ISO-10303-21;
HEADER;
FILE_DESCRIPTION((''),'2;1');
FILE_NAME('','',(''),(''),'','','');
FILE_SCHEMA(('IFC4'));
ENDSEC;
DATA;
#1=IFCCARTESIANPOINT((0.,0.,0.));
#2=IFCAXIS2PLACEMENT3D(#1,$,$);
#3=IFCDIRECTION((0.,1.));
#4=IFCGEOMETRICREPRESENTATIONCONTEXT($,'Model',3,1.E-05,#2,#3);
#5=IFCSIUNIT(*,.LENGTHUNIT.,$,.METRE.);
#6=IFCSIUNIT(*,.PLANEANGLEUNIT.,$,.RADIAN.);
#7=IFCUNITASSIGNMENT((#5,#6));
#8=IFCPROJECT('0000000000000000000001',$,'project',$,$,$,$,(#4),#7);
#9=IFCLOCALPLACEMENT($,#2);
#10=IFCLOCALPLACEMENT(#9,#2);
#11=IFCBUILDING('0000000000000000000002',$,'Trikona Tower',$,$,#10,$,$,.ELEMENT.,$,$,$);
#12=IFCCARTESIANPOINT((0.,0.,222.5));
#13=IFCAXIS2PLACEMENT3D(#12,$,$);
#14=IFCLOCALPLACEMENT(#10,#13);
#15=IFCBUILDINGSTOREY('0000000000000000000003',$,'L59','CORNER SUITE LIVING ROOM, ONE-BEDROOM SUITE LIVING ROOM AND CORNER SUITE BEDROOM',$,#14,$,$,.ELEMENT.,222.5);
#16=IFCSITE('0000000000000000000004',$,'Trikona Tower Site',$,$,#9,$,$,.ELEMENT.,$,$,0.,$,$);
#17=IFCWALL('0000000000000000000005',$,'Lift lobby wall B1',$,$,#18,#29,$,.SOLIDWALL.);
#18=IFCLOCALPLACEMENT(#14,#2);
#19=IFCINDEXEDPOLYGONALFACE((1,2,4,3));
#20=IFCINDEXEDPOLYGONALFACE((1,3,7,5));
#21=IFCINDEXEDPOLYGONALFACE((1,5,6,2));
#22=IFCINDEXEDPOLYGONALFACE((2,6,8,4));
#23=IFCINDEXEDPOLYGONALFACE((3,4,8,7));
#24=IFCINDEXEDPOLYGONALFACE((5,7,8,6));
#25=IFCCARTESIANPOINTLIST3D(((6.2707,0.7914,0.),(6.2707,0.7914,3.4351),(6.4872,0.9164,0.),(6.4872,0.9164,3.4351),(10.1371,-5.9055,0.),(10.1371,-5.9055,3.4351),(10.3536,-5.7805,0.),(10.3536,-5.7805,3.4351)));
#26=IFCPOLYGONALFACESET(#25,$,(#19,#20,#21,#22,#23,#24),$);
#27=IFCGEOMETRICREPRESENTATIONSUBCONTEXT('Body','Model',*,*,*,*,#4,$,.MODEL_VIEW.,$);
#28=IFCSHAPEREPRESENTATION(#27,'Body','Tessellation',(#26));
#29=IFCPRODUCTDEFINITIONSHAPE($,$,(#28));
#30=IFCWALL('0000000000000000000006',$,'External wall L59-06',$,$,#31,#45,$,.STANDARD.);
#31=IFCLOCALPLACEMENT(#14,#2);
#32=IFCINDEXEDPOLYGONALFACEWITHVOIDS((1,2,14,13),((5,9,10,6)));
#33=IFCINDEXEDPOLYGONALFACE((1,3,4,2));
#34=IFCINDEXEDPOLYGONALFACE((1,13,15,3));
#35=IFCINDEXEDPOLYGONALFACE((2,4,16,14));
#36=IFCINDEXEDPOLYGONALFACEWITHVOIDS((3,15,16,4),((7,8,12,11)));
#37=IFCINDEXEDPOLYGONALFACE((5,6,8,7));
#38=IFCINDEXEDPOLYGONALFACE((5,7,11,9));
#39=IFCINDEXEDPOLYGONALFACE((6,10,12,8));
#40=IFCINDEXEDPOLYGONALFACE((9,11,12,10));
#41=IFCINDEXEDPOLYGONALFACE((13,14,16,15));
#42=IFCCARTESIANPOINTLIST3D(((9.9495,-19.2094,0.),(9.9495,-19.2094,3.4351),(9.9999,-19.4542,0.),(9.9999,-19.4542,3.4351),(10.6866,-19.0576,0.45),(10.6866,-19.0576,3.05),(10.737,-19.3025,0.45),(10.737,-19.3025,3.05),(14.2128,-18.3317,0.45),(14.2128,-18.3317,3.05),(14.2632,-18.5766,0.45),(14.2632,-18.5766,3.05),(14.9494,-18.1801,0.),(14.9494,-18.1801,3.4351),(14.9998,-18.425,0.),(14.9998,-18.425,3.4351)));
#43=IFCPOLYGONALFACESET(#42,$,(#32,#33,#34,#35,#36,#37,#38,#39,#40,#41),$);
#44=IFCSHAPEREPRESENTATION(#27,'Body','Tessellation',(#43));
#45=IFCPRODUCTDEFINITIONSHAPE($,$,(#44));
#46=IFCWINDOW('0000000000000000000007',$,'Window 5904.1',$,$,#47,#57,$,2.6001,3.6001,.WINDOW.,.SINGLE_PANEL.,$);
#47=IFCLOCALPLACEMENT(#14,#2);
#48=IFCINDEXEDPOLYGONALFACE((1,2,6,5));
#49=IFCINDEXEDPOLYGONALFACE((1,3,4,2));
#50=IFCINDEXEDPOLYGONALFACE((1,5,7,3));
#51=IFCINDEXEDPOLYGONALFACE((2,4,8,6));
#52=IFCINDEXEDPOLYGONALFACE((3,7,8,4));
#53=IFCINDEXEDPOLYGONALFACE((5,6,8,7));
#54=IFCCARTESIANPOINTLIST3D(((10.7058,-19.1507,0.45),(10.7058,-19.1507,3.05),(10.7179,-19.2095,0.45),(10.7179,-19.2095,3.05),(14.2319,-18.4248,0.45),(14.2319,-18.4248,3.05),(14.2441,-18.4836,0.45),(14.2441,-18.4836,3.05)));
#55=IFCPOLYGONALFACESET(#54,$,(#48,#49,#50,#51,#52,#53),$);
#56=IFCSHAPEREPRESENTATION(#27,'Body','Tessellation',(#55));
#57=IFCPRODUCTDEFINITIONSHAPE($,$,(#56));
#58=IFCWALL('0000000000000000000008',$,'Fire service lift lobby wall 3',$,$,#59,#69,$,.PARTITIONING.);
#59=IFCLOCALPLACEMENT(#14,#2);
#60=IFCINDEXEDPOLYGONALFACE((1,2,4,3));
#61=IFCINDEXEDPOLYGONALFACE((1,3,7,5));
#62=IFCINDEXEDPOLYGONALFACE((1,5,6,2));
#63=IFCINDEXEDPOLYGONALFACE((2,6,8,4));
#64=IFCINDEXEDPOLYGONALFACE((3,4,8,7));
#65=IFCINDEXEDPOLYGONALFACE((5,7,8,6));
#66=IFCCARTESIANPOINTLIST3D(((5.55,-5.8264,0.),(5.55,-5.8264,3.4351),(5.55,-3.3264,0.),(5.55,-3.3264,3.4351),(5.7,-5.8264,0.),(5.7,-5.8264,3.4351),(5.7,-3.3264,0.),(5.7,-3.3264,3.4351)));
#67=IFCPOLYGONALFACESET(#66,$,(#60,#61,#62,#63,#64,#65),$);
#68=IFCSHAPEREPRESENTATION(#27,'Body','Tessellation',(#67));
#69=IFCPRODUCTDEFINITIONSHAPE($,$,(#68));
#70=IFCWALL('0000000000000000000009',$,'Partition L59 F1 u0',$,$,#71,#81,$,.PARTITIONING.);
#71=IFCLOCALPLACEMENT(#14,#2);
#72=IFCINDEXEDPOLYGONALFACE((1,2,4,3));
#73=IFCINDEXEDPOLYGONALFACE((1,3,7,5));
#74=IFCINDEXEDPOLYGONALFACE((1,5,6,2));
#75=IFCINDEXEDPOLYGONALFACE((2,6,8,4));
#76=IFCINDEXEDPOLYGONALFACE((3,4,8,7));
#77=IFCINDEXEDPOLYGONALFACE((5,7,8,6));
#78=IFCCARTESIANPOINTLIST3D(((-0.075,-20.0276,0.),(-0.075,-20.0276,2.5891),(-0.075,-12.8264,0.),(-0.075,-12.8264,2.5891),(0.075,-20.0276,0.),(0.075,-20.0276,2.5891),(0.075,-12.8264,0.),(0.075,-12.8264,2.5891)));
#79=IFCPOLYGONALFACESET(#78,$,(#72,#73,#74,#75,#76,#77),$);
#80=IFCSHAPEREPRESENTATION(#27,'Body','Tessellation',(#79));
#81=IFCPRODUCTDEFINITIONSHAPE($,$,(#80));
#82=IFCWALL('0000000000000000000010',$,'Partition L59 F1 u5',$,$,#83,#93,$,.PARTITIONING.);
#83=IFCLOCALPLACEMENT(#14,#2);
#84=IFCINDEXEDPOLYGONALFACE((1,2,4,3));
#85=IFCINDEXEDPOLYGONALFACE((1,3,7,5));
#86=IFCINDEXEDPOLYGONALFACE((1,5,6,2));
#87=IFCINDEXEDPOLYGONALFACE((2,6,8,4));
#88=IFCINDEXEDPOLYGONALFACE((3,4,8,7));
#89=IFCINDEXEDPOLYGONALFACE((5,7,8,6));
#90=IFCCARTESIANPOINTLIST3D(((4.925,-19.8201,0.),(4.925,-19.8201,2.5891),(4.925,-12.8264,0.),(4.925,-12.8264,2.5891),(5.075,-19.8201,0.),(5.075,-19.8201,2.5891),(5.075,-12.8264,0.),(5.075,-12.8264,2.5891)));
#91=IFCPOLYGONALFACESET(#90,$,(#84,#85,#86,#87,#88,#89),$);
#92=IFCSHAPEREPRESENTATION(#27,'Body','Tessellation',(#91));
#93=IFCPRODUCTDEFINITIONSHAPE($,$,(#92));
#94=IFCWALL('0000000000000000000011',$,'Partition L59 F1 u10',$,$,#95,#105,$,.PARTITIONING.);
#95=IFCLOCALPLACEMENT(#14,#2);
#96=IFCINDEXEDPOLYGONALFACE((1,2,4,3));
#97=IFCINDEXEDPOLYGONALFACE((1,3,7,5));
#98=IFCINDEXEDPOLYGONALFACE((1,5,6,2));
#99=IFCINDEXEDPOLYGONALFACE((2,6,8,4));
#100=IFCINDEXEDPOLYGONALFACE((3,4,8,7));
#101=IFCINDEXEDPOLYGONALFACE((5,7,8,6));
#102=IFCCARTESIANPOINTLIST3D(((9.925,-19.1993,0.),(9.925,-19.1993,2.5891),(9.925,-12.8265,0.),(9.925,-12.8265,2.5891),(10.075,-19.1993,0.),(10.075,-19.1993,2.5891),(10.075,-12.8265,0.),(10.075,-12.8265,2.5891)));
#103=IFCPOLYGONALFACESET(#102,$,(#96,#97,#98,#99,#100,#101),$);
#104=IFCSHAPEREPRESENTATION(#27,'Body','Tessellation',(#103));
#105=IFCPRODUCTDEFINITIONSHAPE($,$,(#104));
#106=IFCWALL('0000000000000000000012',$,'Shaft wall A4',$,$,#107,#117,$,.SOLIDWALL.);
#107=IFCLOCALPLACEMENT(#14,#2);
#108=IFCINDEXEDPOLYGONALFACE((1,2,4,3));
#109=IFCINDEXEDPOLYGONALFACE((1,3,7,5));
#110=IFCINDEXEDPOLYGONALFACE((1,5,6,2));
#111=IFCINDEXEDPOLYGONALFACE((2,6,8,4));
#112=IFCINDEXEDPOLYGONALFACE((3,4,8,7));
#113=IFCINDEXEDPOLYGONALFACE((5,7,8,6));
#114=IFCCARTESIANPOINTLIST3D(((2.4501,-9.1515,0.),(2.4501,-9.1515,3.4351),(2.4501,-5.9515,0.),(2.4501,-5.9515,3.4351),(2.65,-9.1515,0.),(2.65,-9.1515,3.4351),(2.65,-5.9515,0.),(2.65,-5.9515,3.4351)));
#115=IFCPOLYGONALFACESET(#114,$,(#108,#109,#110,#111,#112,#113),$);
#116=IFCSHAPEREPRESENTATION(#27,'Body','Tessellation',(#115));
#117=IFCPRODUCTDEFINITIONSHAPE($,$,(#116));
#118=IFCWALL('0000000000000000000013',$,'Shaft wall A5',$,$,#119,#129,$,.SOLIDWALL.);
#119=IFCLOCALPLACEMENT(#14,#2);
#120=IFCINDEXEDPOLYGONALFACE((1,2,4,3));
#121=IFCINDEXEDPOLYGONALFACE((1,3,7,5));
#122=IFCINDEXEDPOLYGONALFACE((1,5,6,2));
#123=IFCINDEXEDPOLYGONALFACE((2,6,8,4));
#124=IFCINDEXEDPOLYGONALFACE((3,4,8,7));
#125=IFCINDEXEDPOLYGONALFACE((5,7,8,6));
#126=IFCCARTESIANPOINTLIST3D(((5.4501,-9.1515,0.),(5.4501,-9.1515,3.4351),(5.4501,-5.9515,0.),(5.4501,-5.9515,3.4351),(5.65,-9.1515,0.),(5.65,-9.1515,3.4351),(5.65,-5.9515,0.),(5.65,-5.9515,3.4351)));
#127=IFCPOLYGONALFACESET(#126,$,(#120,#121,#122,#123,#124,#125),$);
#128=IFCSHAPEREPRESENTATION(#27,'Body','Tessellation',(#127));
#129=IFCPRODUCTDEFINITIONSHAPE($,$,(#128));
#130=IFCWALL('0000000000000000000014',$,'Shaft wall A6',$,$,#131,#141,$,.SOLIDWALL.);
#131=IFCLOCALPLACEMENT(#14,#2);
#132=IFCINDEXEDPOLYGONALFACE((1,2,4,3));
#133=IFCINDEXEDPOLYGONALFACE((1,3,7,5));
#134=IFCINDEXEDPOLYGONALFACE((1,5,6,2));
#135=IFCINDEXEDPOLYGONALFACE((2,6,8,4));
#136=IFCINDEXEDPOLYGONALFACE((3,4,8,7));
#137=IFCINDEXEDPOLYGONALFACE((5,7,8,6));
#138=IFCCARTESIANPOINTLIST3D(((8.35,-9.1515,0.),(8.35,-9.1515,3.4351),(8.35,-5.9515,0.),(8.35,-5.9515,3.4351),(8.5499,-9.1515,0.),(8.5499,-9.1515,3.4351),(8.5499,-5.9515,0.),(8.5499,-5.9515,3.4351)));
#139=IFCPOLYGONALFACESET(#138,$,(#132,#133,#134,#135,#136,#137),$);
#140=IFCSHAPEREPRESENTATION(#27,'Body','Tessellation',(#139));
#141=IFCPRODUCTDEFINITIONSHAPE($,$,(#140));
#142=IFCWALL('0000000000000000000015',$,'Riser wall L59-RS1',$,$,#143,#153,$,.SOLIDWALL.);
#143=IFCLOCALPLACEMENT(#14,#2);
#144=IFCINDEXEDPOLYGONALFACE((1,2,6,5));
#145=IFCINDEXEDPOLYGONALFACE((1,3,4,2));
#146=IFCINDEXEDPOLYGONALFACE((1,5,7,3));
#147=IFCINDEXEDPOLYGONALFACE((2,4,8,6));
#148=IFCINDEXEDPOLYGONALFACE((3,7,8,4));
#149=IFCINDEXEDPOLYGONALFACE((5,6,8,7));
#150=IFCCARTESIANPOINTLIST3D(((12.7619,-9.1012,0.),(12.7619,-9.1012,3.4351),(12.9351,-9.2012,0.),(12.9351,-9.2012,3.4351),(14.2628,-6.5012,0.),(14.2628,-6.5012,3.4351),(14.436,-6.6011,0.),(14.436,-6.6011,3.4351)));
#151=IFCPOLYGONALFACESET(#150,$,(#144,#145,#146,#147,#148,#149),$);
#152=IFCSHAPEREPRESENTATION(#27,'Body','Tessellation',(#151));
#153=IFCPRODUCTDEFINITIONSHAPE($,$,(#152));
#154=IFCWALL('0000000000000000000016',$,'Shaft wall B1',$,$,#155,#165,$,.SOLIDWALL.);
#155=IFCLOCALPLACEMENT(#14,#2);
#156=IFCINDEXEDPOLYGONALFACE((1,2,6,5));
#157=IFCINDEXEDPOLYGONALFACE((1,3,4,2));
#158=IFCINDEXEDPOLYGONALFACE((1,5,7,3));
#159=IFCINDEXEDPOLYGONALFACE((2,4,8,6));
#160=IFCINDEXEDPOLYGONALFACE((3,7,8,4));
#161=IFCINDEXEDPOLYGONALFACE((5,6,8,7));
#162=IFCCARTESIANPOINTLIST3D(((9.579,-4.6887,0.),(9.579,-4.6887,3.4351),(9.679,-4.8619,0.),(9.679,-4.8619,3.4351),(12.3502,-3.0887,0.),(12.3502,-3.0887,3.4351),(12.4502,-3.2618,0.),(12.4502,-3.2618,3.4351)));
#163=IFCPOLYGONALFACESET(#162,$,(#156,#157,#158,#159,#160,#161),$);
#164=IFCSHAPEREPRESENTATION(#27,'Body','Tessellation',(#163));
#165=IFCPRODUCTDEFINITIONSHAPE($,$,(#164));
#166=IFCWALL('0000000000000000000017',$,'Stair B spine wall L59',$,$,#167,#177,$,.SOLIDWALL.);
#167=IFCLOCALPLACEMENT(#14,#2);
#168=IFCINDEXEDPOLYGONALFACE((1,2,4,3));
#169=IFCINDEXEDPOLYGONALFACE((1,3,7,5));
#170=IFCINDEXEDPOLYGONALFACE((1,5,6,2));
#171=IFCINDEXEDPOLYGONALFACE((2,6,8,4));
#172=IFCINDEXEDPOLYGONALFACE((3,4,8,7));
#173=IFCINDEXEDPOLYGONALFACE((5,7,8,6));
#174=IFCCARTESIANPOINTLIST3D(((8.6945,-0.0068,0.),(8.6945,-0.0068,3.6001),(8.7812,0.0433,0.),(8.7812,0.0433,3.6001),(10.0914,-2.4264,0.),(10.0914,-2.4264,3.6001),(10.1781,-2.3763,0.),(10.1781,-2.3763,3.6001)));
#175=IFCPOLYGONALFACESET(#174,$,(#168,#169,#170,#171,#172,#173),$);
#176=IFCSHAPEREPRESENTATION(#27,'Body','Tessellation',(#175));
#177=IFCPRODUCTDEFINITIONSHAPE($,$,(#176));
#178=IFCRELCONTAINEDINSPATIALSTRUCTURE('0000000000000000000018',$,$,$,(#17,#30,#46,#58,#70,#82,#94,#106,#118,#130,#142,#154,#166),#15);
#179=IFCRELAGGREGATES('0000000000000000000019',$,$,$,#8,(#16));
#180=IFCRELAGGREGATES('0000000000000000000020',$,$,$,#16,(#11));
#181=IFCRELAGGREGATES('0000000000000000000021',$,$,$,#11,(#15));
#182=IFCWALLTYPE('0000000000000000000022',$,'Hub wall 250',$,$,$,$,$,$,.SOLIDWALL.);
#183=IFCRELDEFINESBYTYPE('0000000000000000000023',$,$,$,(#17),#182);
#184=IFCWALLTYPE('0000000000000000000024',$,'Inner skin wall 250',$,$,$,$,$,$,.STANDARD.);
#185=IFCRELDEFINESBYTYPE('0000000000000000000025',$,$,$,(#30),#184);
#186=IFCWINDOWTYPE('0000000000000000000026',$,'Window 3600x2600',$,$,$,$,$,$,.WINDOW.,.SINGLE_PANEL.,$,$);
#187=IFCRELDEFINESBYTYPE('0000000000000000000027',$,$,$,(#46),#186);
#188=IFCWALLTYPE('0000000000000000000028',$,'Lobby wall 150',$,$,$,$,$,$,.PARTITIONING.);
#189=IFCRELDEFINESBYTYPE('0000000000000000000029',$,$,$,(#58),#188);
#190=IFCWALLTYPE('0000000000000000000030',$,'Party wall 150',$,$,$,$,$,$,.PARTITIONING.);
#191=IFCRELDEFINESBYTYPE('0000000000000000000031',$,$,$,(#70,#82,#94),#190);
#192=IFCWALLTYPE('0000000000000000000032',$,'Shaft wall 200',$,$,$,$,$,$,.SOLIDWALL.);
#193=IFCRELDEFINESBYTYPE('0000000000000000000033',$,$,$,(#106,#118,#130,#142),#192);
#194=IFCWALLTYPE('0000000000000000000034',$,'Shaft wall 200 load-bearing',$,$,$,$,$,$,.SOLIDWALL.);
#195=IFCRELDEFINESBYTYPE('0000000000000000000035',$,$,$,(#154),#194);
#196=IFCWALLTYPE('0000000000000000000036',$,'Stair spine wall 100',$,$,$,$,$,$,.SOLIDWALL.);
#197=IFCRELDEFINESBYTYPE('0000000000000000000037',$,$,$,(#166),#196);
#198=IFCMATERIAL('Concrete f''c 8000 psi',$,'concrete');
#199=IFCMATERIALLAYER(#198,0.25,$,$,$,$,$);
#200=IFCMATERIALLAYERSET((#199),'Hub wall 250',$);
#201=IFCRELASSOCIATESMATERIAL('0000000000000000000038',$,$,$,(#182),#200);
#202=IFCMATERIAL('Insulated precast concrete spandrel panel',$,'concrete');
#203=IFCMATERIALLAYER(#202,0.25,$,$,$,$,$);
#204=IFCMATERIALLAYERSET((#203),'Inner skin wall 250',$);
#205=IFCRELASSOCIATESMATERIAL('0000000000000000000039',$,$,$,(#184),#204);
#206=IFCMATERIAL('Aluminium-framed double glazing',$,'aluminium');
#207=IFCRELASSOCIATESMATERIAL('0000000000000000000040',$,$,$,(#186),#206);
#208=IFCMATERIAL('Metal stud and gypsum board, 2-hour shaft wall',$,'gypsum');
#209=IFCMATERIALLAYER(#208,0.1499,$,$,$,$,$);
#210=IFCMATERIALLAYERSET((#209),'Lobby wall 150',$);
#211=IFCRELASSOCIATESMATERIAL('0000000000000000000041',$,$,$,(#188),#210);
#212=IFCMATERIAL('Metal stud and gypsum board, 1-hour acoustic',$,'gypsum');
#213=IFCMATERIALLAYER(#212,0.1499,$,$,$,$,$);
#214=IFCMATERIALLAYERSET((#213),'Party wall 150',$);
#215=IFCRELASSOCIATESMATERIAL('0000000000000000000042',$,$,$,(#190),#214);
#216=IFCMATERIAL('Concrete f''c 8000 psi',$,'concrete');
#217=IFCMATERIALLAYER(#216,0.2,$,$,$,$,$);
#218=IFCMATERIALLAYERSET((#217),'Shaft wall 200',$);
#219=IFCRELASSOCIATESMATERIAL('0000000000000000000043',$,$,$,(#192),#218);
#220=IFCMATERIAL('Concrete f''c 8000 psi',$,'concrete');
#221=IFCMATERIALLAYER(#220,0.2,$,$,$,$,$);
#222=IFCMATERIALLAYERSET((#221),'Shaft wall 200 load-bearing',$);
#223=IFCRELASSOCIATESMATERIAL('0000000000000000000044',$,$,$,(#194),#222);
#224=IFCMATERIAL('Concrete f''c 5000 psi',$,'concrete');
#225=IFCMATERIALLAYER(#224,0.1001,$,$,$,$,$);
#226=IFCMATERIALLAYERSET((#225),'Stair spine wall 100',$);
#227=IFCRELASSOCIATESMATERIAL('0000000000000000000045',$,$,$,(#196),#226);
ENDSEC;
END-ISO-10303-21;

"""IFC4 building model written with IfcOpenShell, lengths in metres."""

from ifc_helpers import new_model, si_unit, direction, frame, frame_2d, origin, place, context, subcontext, project, spatial, rectangle, extrude, material, layer, layer_set, type_object, element, fill, save


model = new_model("IFC4")

# Units and contexts
model_context = context("Model", 3, precision=1e-05, world=origin(), true_north=direction((0.0, 1.0)))
body_context = subcontext(model_context, "Body", "Model", "MODEL_VIEW")
ifc_project = project(units=[si_unit("LENGTHUNIT", "METRE"), si_unit("PLANEANGLEUNIT", "RADIAN")], contexts=[model_context])

# Site, building, storey
site_placement = place(None, origin())
site = spatial("IfcSite", under=ifc_project, at=site_placement, Name="Trikona Tower Site", CompositionType="ELEMENT", RefElevation=0.0)
building_placement = place(site_placement, origin())
building = spatial("IfcBuilding", under=site, at=building_placement, Name="Trikona Tower", CompositionType="ELEMENT")
storey_placement = place(building_placement, frame((0.0, 0.0, 222.5)))
storey = spatial("IfcBuildingStorey", under=building, at=storey_placement, Name="L59", Description="CORNER SUITE LIVING ROOM, ONE-BEDROOM SUITE LIVING ROOM AND CORNER SUITE BEDROOM", CompositionType="ELEMENT", Elevation=222.5)

# Wall
ifc_material_1 = material(Name="Concrete f'c 8000 psi", Category="concrete")
ifc_layer_1 = layer(ifc_material_1, 0.25)
ifc_layer_set_1 = layer_set([ifc_layer_1], Name="Hub wall 250")
wall_type_1 = type_object("IfcWallType", Name="Hub wall 250", PredefinedType="SOLIDWALL", material=ifc_layer_set_1)
wall_1_placement = place(storey_placement, frame((10.2454, -5.843, 0.0), z_axis=(0.0, 0.0, 1.0), x_axis=(-0.499993, 0.866029, 0.0)))
element("IfcWall", 1, at=wall_1_placement, inside=storey, type_object=wall_type_1, Name="Lift lobby wall B1", PredefinedType="SOLIDWALL", context=body_context, shape_type="SweptSolid", body=[
    extrude(rectangle(XDim=7.7329, YDim=0.25, at=frame_2d((3.8665, 0.0))), origin(), (0.0, 0.0, 1.0), 3.4351),
])

# Wall, opening, window
ifc_material_2 = material(Name="Insulated precast concrete spandrel panel", Category="concrete")
ifc_layer_2 = layer(ifc_material_2, 0.25)
ifc_layer_set_2 = layer_set([ifc_layer_2], Name="Inner skin wall 250")
wall_type_2 = type_object("IfcWallType", Name="Inner skin wall 250", PredefinedType="STANDARD", material=ifc_layer_set_2)
wall_2_placement = place(storey_placement, frame((9.9749, -19.3318, 0.0), z_axis=(0.0, 0.0, 1.0), x_axis=(0.979461, 0.201631, 0.0)))
wall_2 = element("IfcWall", 2, at=wall_2_placement, inside=storey, type_object=wall_type_2, Name="External wall L59-06", PredefinedType="STANDARD", context=body_context, shape_type="SweptSolid", body=[
    extrude(rectangle(XDim=5.1047, YDim=0.25, at=frame_2d((2.5522, 0.0))), origin(), (0.0, 0.0, 1.0), 3.4351),
])
opening_1_placement = place(wall_2_placement, frame((0.7524, 0.0, 0.45)))
opening_1 = element("IfcOpeningElement", 3, at=opening_1_placement, cuts=wall_2, PredefinedType="OPENING", context=body_context, shape_type="SweptSolid", body=[
    extrude(rectangle(XDim=3.6001, YDim=2.6001, at=frame_2d((1.8, 1.3))), frame((0.0, 0.135, 0.0), z_axis=(0.0, -1.0, 0.0), x_axis=(1.0, 0.0, 0.0)), (0.0, 0.0, 1.0), 0.27),
])
ifc_material_3 = material(Name="Aluminium-framed double glazing", Category="aluminium")
window_type = type_object("IfcWindowType", Name="Window 3600x2600", PartitioningType="SINGLE_PANEL", PredefinedType="WINDOW", material=ifc_material_3)
window_placement = place(opening_1_placement, origin())
window = element("IfcWindow", 4, at=window_placement, inside=storey, type_object=window_type, Name="Window 5904.1", OverallHeight=2.6001, OverallWidth=3.6001, PartitioningType="SINGLE_PANEL", PredefinedType="WINDOW", context=body_context, shape_type="SweptSolid", body=[
    extrude(rectangle(XDim=3.6001, YDim=2.6001, at=frame_2d((1.8, 1.3))), frame((0.0, 0.03, 0.0), z_axis=(0.0, -1.0, 0.0), x_axis=(1.0, 0.0, 0.0)), (0.0, 0.0, 1.0), 0.0601),
])
fill(opening_1, window)

# Walls
ifc_material_4 = material(Name="Metal stud and gypsum board, 2-hour shaft wall", Category="gypsum")
ifc_layer_3 = layer(ifc_material_4, 0.1499)
ifc_layer_set_3 = layer_set([ifc_layer_3], Name="Lobby wall 150")
wall_type_3 = type_object("IfcWallType", Name="Lobby wall 150", PredefinedType="PARTITIONING", material=ifc_layer_set_3)
wall_3_placement = place(storey_placement, frame((5.625, -5.8264, 0.0), z_axis=(0.0, 0.0, 1.0), x_axis=(0.0, 1.0, 0.0)))
element("IfcWall", 5, at=wall_3_placement, inside=storey, type_object=wall_type_3, Name="Fire service lift lobby wall 3", PredefinedType="PARTITIONING", context=body_context, shape_type="SweptSolid", body=[
    extrude(rectangle(XDim=2.5, YDim=0.1499, at=frame_2d((1.25, 0.0))), origin(), (0.0, 0.0, 1.0), 3.4351),
])
ifc_material_5 = material(Name="Metal stud and gypsum board, 1-hour acoustic", Category="gypsum")
ifc_layer_4 = layer(ifc_material_5, 0.1499)
ifc_layer_set_4 = layer_set([ifc_layer_4], Name="Party wall 150")
wall_type_4 = type_object("IfcWallType", Name="Party wall 150", PredefinedType="PARTITIONING", material=ifc_layer_set_4)
wall_4_placement = place(storey_placement, frame((0.0, -12.8264, 0.0), z_axis=(0.0, 0.0, 1.0), x_axis=(0.0, -1.0, 0.0)))
element("IfcWall", 6, at=wall_4_placement, inside=storey, type_object=wall_type_4, Name="Partition L59 F1 u0", PredefinedType="PARTITIONING", context=body_context, shape_type="SweptSolid", body=[
    extrude(rectangle(XDim=7.2012, YDim=0.1499, at=frame_2d((3.6006, 0.0))), origin(), (0.0, 0.0, 1.0), 2.5891),
])
wall_5_placement = place(storey_placement, frame((5.0, -12.8264, 0.0), z_axis=(0.0, 0.0, 1.0), x_axis=(0.0, -1.0, 0.0)))
element("IfcWall", 7, at=wall_5_placement, inside=storey, type_object=wall_type_4, Name="Partition L59 F1 u5", PredefinedType="PARTITIONING", context=body_context, shape_type="SweptSolid", body=[
    extrude(rectangle(XDim=6.9937, YDim=0.1499, at=frame_2d((3.4968, 0.0))), origin(), (0.0, 0.0, 1.0), 2.5891),
])
wall_6_placement = place(storey_placement, frame((10.0, -12.8264, 0.0), z_axis=(0.0, 0.0, 1.0), x_axis=(0.0, -1.0, 0.0)))
element("IfcWall", 8, at=wall_6_placement, inside=storey, type_object=wall_type_4, Name="Partition L59 F1 u10", PredefinedType="PARTITIONING", context=body_context, shape_type="SweptSolid", body=[
    extrude(rectangle(XDim=6.3728, YDim=0.1499, at=frame_2d((3.1865, 0.0))), origin(), (0.0, 0.0, 1.0), 2.5891),
])
ifc_material_6 = material(Name="Concrete f'c 8000 psi", Category="concrete")
ifc_layer_5 = layer(ifc_material_6, 0.2)
ifc_layer_set_5 = layer_set([ifc_layer_5], Name="Shaft wall 200")
wall_type_5 = type_object("IfcWallType", Name="Shaft wall 200", PredefinedType="SOLIDWALL", material=ifc_layer_set_5)
for number, where, z_axis, x_axis, name in (
    (9, (2.55, -5.9514, 0.0), (0.0, 0.0, 1.0), (0.0, -1.0, 0.0), "Shaft wall A4"),
    (10, (5.55, -5.9514, 0.0), (0.0, 0.0, 1.0), (0.0, -1.0, 0.0), "Shaft wall A5"),
    (11, (8.45, -5.9514, 0.0), (0.0, 0.0, 1.0), (0.0, -1.0, 0.0), "Shaft wall A6"),
):
    element("IfcWall", number, at=place(storey_placement, frame(where, z_axis=z_axis, x_axis=x_axis)), inside=storey, type_object=wall_type_5, Name=name, PredefinedType="SOLIDWALL", context=body_context, shape_type="SweptSolid", body=[
        extrude(rectangle(XDim=3.2, YDim=0.2, at=frame_2d((1.6001, 0.0))), origin(), (0.0, 0.0, 1.0), 3.4351),
    ])
wall_7_placement = place(storey_placement, frame((14.3494, -6.5513, 0.0), z_axis=(0.0, 0.0, 1.0), x_axis=(-0.499952, -0.866053, 0.0)))
element("IfcWall", 12, at=wall_7_placement, inside=storey, type_object=wall_type_5, Name="Riser wall L59-RS1", PredefinedType="SOLIDWALL", context=body_context, shape_type="SweptSolid", body=[
    extrude(rectangle(XDim=3.0022, YDim=0.2, at=frame_2d((1.501, 0.0))), origin(), (0.0, 0.0, 1.0), 3.4351),
])
ifc_material_7 = material(Name="Concrete f'c 8000 psi", Category="concrete")
ifc_layer_6 = layer(ifc_material_7, 0.2)
ifc_layer_set_6 = layer_set([ifc_layer_6], Name="Shaft wall 200 load-bearing")
wall_type_6 = type_object("IfcWallType", Name="Shaft wall 200 load-bearing", PredefinedType="SOLIDWALL", material=ifc_layer_set_6)
wall_8_placement = place(storey_placement, frame((9.6289, -4.7754, 0.0), z_axis=(0.0, 0.0, 1.0), x_axis=(0.866009, 0.500028, 0.0)))
element("IfcWall", 13, at=wall_8_placement, inside=storey, type_object=wall_type_6, Name="Shaft wall B1", PredefinedType="SOLIDWALL", context=body_context, shape_type="SweptSolid", body=[
    extrude(rectangle(XDim=3.2, YDim=0.2, at=frame_2d((1.6001, 0.0))), origin(), (0.0, 0.0, 1.0), 3.4351),
])
ifc_material_8 = material(Name="Concrete f'c 5000 psi", Category="concrete")
ifc_layer_7 = layer(ifc_material_8, 0.1001)
ifc_layer_set_7 = layer_set([ifc_layer_7], Name="Stair spine wall 100")
wall_type_7 = type_object("IfcWallType", Name="Stair spine wall 100", PredefinedType="SOLIDWALL", material=ifc_layer_set_7)
wall_9_placement = place(storey_placement, frame((10.1348, -2.4014, 0.0), z_axis=(0.0, 0.0, 1.0), x_axis=(-0.499992, 0.86603, 0.0)))
element("IfcWall", 14, at=wall_9_placement, inside=storey, type_object=wall_type_7, Name="Stair B spine wall L59", PredefinedType="SOLIDWALL", context=body_context, shape_type="SweptSolid", body=[
    extrude(rectangle(XDim=2.7939, YDim=0.1001, at=frame_2d((1.397, 0.0))), origin(), (0.0, 0.0, 1.0), 3.6001),
])

save(model, "model.ifc")
